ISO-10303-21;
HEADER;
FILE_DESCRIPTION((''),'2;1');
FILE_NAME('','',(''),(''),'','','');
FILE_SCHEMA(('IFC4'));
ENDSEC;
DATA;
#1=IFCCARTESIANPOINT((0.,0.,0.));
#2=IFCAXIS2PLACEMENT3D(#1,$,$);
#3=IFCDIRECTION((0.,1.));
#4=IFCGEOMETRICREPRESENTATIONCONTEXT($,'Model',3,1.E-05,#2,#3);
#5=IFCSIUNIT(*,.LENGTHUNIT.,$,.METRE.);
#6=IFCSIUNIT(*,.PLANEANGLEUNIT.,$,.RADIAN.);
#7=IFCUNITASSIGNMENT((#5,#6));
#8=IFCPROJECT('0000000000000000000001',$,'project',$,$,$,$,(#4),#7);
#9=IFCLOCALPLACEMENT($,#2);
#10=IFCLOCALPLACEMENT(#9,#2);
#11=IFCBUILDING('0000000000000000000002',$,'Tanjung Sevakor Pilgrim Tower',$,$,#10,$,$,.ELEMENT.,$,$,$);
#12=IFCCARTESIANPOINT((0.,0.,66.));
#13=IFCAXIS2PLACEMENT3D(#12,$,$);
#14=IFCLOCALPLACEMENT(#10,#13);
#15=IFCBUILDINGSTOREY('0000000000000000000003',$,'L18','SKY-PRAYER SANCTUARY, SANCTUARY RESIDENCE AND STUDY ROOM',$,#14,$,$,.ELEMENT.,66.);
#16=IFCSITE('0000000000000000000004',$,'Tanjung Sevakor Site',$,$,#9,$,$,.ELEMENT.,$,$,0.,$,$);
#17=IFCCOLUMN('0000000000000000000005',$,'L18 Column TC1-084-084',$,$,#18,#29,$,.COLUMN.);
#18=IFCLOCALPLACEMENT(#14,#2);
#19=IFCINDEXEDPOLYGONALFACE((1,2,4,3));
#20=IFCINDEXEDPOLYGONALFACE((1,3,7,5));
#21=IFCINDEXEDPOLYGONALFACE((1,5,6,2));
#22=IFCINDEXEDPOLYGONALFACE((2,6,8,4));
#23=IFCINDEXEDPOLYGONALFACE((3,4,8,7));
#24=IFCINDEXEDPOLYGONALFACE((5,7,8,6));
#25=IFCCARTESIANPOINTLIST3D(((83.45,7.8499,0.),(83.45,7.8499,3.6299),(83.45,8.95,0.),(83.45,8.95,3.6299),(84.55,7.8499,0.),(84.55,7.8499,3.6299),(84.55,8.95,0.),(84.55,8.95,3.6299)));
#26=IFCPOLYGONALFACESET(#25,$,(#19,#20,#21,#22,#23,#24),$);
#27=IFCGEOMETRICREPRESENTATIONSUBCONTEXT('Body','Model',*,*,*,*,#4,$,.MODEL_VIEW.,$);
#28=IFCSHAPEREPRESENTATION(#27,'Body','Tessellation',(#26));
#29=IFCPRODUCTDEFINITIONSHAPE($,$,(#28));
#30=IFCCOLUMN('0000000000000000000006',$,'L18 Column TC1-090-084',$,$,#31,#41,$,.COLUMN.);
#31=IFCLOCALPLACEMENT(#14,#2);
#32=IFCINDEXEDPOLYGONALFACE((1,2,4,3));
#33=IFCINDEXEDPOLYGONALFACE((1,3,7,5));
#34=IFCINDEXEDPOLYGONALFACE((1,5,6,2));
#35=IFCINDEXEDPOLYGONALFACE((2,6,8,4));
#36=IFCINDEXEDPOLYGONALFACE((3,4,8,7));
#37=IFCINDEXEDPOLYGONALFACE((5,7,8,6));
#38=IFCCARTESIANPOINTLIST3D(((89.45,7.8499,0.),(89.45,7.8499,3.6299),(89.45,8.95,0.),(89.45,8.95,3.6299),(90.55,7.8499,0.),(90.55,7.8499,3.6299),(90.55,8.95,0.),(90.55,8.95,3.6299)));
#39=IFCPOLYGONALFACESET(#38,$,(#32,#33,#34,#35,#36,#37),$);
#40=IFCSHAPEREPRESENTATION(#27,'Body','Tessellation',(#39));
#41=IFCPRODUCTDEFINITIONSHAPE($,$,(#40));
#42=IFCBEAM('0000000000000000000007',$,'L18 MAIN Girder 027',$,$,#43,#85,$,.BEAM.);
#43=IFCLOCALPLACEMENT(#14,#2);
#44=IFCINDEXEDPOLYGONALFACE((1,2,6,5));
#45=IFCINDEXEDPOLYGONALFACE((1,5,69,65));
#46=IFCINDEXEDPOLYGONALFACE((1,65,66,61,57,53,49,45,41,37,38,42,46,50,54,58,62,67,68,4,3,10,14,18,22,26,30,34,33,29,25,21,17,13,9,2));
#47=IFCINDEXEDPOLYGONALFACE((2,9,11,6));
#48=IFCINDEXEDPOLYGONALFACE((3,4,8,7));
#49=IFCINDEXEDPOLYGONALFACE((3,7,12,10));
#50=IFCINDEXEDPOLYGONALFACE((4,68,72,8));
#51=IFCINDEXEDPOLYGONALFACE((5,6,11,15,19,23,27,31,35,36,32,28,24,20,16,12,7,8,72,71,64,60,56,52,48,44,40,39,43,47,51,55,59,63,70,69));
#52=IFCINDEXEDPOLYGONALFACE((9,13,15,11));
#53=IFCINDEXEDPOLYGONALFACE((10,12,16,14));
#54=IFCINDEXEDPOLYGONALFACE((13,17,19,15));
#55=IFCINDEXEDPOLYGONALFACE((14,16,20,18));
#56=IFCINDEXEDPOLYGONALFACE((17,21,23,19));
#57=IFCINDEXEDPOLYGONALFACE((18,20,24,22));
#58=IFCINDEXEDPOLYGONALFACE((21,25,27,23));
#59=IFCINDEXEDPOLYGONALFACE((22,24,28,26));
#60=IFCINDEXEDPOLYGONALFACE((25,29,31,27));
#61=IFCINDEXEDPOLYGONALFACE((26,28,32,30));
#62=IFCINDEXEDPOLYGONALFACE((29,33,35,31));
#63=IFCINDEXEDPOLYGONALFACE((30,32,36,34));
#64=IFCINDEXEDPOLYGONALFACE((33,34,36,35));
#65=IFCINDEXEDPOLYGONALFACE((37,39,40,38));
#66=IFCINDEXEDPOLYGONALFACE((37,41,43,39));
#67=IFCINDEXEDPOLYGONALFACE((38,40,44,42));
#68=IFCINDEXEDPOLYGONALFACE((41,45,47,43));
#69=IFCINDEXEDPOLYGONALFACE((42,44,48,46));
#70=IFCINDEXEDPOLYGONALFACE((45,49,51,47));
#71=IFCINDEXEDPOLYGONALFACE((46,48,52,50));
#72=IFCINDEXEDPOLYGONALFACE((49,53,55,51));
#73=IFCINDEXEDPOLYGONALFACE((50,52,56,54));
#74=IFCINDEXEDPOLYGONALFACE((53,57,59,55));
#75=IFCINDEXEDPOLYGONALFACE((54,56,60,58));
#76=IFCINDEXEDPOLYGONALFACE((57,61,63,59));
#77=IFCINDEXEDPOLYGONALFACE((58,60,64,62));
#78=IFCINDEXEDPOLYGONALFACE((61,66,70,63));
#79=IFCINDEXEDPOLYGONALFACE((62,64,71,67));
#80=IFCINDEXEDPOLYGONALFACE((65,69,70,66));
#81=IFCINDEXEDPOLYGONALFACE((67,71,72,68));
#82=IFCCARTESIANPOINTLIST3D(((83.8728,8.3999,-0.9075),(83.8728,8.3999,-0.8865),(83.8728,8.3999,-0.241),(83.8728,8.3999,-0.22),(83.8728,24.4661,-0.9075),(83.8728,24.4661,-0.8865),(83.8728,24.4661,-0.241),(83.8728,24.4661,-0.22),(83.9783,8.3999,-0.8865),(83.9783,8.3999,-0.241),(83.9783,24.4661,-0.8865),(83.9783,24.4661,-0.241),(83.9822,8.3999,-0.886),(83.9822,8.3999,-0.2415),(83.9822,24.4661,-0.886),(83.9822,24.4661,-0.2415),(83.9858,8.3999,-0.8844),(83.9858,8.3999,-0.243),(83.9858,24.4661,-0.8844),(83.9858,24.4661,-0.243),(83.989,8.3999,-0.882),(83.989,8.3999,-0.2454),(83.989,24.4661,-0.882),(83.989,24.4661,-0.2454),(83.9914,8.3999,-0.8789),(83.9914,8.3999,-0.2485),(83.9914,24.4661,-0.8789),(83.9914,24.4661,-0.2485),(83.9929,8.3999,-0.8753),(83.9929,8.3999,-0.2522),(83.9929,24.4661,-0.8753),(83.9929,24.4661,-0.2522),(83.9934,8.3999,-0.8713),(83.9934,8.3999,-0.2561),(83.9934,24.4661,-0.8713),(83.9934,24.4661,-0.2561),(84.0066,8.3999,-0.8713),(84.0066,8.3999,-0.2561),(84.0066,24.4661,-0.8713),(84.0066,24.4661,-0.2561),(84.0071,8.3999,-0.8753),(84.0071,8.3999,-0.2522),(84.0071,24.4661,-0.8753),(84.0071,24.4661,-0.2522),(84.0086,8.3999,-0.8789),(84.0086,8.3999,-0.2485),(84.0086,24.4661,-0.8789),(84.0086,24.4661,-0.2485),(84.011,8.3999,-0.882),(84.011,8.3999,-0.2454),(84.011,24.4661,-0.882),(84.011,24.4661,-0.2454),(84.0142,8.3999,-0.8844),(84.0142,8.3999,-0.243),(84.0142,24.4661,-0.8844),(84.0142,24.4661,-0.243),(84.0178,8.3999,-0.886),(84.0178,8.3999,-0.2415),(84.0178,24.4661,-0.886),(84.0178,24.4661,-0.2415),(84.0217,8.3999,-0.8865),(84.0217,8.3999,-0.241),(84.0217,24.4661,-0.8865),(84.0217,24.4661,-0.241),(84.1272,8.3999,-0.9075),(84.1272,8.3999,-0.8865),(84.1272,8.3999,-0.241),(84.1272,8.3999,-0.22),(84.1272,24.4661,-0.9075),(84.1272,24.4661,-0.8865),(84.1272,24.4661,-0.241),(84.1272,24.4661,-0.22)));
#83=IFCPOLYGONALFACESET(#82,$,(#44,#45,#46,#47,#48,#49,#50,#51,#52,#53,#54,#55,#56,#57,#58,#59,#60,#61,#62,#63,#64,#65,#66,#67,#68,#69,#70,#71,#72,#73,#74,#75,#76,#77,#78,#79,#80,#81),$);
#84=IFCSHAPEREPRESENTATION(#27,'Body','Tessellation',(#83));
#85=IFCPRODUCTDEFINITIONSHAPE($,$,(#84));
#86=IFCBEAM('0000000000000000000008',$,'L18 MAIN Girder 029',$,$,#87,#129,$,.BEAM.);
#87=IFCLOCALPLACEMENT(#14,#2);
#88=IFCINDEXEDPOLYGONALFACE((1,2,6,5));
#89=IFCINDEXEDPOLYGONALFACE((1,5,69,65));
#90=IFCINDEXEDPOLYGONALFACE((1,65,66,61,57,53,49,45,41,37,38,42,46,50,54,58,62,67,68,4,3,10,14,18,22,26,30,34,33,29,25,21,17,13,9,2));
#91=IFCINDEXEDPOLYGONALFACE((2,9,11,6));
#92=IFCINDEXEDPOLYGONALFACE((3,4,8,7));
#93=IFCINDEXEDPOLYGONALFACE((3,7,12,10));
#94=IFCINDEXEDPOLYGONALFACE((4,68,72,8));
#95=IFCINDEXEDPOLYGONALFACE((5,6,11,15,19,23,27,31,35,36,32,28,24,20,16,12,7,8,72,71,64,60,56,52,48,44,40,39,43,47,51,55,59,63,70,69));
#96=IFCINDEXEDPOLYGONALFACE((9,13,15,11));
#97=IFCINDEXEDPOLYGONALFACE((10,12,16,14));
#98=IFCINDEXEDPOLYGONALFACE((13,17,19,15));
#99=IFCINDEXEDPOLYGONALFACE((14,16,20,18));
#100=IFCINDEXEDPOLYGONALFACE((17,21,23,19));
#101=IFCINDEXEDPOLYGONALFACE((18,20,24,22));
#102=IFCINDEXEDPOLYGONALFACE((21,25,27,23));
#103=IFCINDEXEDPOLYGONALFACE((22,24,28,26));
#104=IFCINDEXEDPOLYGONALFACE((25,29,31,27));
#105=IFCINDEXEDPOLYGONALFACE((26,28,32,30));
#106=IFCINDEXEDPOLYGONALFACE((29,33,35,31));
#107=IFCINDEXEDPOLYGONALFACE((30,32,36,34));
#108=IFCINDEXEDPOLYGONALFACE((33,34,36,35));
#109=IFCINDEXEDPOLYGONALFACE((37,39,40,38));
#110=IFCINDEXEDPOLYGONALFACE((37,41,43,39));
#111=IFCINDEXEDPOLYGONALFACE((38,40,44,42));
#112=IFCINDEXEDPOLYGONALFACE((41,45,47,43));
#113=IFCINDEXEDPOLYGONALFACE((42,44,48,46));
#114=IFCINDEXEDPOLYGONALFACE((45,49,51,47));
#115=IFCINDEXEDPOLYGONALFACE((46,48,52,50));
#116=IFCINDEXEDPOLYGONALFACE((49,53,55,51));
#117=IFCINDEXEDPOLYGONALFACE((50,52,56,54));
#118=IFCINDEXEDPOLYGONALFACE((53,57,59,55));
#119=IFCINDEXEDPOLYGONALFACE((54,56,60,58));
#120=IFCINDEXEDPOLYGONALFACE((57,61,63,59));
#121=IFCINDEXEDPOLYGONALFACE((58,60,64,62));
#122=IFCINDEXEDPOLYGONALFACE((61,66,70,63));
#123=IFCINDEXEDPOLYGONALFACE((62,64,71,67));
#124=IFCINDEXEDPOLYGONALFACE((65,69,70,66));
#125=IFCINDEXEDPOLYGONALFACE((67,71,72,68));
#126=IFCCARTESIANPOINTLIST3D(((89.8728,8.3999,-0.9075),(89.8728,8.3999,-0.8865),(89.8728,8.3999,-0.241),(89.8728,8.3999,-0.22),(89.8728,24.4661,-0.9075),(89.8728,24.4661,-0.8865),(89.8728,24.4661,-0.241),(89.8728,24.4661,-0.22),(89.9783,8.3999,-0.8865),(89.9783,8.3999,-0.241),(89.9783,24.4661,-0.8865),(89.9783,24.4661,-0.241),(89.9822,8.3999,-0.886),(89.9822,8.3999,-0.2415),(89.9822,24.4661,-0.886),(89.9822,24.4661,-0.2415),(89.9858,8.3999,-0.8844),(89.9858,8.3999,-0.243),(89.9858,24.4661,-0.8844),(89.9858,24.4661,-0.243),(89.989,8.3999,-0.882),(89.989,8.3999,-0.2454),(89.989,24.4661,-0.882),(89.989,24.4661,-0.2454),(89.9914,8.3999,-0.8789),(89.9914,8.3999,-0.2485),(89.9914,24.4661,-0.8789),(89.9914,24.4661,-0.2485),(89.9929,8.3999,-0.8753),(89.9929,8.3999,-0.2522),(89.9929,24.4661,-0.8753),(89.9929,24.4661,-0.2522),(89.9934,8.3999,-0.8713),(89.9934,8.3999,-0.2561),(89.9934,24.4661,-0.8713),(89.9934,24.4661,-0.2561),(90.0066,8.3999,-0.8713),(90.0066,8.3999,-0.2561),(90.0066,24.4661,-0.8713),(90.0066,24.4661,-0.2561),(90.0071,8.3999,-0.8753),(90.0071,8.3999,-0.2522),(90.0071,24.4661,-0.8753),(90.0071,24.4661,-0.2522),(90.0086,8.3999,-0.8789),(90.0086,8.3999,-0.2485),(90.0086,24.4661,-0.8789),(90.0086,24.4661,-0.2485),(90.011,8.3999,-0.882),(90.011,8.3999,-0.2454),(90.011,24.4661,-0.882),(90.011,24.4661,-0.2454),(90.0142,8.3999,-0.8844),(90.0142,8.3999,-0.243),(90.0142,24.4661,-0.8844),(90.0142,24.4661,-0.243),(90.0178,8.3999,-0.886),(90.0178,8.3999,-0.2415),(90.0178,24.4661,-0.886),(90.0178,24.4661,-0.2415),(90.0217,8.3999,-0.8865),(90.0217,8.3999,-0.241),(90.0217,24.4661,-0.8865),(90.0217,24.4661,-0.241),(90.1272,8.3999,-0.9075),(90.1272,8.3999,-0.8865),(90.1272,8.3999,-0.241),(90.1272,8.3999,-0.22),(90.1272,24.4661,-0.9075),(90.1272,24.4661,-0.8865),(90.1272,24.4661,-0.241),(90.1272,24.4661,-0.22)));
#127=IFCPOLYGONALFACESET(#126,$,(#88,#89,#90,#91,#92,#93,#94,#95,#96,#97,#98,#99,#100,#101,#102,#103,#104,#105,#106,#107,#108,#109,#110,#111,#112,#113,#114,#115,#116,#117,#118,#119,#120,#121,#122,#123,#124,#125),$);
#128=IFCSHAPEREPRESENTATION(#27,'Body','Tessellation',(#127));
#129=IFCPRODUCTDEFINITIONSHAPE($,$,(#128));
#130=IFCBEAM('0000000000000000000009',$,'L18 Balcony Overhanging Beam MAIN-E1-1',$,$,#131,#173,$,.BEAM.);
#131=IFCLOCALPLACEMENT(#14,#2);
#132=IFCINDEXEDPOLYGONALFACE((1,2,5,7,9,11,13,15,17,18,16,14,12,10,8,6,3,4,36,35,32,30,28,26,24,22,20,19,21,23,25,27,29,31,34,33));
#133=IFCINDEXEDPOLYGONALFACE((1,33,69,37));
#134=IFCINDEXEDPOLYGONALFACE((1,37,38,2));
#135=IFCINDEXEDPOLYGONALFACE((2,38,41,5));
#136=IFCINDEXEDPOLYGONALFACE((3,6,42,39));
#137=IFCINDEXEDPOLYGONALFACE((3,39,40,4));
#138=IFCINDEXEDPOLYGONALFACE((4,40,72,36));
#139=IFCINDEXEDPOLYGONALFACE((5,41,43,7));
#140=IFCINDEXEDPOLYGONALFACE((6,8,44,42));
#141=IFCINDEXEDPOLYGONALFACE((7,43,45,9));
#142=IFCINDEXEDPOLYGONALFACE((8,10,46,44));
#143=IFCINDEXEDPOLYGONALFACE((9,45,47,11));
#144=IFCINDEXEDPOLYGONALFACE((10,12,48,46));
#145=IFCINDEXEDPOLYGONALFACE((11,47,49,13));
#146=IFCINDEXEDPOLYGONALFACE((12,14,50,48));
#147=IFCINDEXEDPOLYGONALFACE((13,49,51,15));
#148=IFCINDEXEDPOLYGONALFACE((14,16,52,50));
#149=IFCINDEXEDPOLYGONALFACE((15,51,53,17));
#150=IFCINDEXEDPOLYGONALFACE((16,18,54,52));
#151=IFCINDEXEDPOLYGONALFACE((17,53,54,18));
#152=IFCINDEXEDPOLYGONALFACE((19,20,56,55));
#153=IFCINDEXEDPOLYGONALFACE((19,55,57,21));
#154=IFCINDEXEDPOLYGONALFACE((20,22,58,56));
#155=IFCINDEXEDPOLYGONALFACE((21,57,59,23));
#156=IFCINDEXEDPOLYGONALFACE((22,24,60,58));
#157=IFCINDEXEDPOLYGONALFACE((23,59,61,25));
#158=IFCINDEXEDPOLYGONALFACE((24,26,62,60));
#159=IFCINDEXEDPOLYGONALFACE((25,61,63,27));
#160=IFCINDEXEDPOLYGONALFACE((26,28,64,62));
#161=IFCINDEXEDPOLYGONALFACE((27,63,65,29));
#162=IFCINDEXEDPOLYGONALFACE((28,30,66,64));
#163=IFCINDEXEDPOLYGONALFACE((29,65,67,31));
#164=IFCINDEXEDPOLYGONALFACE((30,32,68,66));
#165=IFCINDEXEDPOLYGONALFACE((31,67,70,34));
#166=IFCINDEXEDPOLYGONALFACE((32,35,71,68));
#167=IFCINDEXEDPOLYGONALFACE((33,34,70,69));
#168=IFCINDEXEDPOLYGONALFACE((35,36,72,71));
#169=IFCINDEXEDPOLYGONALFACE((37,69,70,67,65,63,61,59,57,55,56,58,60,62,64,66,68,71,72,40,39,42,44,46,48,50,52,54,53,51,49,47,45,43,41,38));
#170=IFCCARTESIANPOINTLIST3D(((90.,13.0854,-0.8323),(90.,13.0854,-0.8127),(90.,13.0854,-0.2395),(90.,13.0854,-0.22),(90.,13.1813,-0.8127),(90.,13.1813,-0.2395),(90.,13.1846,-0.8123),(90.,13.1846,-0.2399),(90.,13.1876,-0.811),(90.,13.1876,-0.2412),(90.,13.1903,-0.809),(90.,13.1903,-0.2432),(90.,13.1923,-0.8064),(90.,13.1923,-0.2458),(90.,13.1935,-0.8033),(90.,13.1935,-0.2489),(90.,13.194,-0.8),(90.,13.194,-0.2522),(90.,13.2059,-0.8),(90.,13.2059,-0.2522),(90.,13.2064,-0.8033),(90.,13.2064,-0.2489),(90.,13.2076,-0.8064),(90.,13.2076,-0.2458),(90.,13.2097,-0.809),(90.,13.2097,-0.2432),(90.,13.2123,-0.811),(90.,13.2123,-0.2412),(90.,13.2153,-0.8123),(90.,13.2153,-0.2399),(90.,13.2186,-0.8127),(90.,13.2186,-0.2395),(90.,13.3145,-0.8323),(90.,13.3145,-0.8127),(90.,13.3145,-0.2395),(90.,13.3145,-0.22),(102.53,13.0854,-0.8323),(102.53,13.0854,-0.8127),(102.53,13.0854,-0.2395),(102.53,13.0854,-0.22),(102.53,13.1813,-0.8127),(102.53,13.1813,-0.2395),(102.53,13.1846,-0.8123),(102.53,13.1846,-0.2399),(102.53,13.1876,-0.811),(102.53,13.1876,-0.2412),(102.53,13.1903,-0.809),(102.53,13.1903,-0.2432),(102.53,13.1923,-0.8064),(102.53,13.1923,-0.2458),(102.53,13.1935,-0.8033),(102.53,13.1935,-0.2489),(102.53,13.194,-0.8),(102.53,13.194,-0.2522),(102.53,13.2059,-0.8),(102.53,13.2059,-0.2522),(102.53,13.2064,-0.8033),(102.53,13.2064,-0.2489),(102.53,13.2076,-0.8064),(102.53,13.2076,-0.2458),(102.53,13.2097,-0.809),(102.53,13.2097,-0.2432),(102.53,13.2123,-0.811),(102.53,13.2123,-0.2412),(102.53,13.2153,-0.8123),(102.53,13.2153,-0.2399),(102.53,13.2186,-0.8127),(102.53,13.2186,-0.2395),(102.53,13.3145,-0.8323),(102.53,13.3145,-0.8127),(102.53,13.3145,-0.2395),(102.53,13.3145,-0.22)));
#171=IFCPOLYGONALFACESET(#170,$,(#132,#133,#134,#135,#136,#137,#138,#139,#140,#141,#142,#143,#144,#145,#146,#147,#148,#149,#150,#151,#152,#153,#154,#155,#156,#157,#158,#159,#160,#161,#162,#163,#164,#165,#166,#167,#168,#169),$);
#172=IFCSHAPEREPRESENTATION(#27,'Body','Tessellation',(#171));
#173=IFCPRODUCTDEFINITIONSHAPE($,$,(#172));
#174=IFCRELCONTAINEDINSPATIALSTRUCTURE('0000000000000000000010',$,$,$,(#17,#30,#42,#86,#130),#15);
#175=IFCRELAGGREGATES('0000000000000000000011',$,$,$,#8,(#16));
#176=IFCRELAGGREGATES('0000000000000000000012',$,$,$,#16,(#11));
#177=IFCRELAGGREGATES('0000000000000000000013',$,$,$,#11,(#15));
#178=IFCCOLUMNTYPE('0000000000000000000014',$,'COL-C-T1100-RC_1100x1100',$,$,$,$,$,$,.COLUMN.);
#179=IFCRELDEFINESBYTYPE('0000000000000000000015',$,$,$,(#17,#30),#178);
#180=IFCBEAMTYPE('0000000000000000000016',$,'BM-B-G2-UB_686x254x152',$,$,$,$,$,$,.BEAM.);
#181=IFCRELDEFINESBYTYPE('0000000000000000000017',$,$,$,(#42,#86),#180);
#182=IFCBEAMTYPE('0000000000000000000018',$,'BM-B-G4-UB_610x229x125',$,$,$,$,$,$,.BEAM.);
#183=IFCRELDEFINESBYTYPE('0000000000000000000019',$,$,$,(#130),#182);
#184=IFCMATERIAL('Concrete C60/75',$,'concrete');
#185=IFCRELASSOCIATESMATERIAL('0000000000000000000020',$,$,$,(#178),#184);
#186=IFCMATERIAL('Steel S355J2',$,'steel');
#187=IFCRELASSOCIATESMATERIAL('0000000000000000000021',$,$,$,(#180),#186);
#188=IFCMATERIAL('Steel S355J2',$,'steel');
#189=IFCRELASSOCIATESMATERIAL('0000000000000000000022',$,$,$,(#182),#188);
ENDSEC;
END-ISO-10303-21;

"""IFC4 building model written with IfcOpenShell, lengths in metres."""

from ifc_helpers import new_model, si_unit, direction, frame, origin, origin_2d, place, context, subcontext, project, spatial, rectangle, i_section, extrude, material, material_profile, profile_set, type_object, element, save


model = new_model("IFC4")

# Units and contexts
model_context = context("Model", 3, precision=1e-05, world=origin(), true_north=direction((0.0, 1.0)))
body_context = subcontext(model_context, "Body", "Model", "MODEL_VIEW")
ifc_project = project(units=[si_unit("LENGTHUNIT", "METRE"), si_unit("PLANEANGLEUNIT", "RADIAN")], contexts=[model_context])

# Site, building, storey
site_placement = place(None, origin())
site = spatial("IfcSite", under=ifc_project, at=site_placement, Name="Tanjung Sevakor Site", CompositionType="ELEMENT", RefElevation=0.0)
building_placement = place(site_placement, origin())
building = spatial("IfcBuilding", under=site, at=building_placement, Name="Tanjung Sevakor Pilgrim Tower", CompositionType="ELEMENT")
storey_placement = place(building_placement, frame((0.0, 0.0, 66.0)))
storey = spatial("IfcBuildingStorey", under=building, at=storey_placement, Name="L18", Description="SKY-PRAYER SANCTUARY, SANCTUARY RESIDENCE AND STUDY ROOM", CompositionType="ELEMENT", Elevation=66.0)

# Columns
ifc_material_1 = material(Name="Concrete C60/75", Category="concrete")
ifc_material_profile_1 = material_profile(ifc_material_1, rectangle(XDim=1.1001, YDim=1.1001, at=origin_2d()))
ifc_profile_set_1 = profile_set([ifc_material_profile_1], Name="Concrete C60/75")
column_type = type_object("IfcColumnType", Name="COL-C-T1100-RC_1100x1100", PredefinedType="COLUMN", material=ifc_profile_set_1)
for number, where, z_axis, x_axis, name in (
    (1, (84.0, 8.3999, 0.0), (0.0, 0.0, 1.0), (1.0, 0.0, 0.0), "L18 Column TC1-084-084"),
    (2, (90.0, 8.3999, 0.0), (0.0, 0.0, 1.0), (1.0, 0.0, 0.0), "L18 Column TC1-090-084"),
):
    element("IfcColumn", number, at=place(storey_placement, frame(where, z_axis=z_axis, x_axis=x_axis)), inside=storey, type_object=column_type, Name=name, PredefinedType="COLUMN", context=body_context, shape_type="SweptSolid", body=[
        extrude(rectangle(XDim=1.1001, YDim=1.1001, at=origin_2d()), origin(), (0.0, 0.0, 1.0), 3.6299),
    ])

# Beams
ifc_material_2 = material(Name="Steel S355J2", Category="steel")
ifc_material_profile_2 = material_profile(ifc_material_2, i_section(OverallWidth=0.2544, OverallDepth=0.6875, WebThickness=0.0132, FlangeThickness=0.021, FilletRadius=0.0151, at=origin_2d()))
ifc_profile_set_2 = profile_set([ifc_material_profile_2], Name="Steel S355J2")
beam_type_1 = type_object("IfcBeamType", Name="BM-B-G2-UB_686x254x152", PredefinedType="BEAM", material=ifc_profile_set_2)
for number, where, z_axis, x_axis, name in (
    (3, (84.0, 8.3999, -0.5637), (0.0, 1.0, 0.0), (-1.0, 0.0, 0.0), "L18 MAIN Girder 027"),
    (4, (90.0, 8.3999, -0.5637), (0.0, 1.0, 0.0), (-1.0, 0.0, 0.0), "L18 MAIN Girder 029"),
):
    element("IfcBeam", number, at=place(storey_placement, frame(where, z_axis=z_axis, x_axis=x_axis)), inside=storey, type_object=beam_type_1, Name=name, PredefinedType="BEAM", context=body_context, shape_type="SweptSolid", body=[
        extrude(i_section(OverallWidth=0.2544, OverallDepth=0.6875, WebThickness=0.0132, FlangeThickness=0.021, FilletRadius=0.0151, at=origin_2d()), origin(), (0.0, 0.0, 1.0), 16.0662),
    ])
ifc_material_3 = material(Name="Steel S355J2", Category="steel")
ifc_material_profile_3 = material_profile(ifc_material_3, i_section(OverallWidth=0.229, OverallDepth=0.6123, WebThickness=0.012, FlangeThickness=0.0195, FilletRadius=0.0127, at=origin_2d()))
ifc_profile_set_3 = profile_set([ifc_material_profile_3], Name="Steel S355J2")
beam_type_2 = type_object("IfcBeamType", Name="BM-B-G4-UB_610x229x125", PredefinedType="BEAM", material=ifc_profile_set_3)
beam_1_placement = place(storey_placement, frame((90.0, 13.2, -0.5261), z_axis=(1.0, 0.0, 0.0), x_axis=(0.0, 1.0, 0.0)))
element("IfcBeam", 5, at=beam_1_placement, inside=storey, type_object=beam_type_2, Name="L18 Balcony Overhanging Beam MAIN-E1-1", PredefinedType="BEAM", context=body_context, shape_type="SweptSolid", body=[
    extrude(i_section(OverallWidth=0.229, OverallDepth=0.6123, WebThickness=0.012, FlangeThickness=0.0195, FilletRadius=0.0127, at=origin_2d()), origin(), (0.0, 0.0, 1.0), 12.53),
])

save(model, "model.ifc")
